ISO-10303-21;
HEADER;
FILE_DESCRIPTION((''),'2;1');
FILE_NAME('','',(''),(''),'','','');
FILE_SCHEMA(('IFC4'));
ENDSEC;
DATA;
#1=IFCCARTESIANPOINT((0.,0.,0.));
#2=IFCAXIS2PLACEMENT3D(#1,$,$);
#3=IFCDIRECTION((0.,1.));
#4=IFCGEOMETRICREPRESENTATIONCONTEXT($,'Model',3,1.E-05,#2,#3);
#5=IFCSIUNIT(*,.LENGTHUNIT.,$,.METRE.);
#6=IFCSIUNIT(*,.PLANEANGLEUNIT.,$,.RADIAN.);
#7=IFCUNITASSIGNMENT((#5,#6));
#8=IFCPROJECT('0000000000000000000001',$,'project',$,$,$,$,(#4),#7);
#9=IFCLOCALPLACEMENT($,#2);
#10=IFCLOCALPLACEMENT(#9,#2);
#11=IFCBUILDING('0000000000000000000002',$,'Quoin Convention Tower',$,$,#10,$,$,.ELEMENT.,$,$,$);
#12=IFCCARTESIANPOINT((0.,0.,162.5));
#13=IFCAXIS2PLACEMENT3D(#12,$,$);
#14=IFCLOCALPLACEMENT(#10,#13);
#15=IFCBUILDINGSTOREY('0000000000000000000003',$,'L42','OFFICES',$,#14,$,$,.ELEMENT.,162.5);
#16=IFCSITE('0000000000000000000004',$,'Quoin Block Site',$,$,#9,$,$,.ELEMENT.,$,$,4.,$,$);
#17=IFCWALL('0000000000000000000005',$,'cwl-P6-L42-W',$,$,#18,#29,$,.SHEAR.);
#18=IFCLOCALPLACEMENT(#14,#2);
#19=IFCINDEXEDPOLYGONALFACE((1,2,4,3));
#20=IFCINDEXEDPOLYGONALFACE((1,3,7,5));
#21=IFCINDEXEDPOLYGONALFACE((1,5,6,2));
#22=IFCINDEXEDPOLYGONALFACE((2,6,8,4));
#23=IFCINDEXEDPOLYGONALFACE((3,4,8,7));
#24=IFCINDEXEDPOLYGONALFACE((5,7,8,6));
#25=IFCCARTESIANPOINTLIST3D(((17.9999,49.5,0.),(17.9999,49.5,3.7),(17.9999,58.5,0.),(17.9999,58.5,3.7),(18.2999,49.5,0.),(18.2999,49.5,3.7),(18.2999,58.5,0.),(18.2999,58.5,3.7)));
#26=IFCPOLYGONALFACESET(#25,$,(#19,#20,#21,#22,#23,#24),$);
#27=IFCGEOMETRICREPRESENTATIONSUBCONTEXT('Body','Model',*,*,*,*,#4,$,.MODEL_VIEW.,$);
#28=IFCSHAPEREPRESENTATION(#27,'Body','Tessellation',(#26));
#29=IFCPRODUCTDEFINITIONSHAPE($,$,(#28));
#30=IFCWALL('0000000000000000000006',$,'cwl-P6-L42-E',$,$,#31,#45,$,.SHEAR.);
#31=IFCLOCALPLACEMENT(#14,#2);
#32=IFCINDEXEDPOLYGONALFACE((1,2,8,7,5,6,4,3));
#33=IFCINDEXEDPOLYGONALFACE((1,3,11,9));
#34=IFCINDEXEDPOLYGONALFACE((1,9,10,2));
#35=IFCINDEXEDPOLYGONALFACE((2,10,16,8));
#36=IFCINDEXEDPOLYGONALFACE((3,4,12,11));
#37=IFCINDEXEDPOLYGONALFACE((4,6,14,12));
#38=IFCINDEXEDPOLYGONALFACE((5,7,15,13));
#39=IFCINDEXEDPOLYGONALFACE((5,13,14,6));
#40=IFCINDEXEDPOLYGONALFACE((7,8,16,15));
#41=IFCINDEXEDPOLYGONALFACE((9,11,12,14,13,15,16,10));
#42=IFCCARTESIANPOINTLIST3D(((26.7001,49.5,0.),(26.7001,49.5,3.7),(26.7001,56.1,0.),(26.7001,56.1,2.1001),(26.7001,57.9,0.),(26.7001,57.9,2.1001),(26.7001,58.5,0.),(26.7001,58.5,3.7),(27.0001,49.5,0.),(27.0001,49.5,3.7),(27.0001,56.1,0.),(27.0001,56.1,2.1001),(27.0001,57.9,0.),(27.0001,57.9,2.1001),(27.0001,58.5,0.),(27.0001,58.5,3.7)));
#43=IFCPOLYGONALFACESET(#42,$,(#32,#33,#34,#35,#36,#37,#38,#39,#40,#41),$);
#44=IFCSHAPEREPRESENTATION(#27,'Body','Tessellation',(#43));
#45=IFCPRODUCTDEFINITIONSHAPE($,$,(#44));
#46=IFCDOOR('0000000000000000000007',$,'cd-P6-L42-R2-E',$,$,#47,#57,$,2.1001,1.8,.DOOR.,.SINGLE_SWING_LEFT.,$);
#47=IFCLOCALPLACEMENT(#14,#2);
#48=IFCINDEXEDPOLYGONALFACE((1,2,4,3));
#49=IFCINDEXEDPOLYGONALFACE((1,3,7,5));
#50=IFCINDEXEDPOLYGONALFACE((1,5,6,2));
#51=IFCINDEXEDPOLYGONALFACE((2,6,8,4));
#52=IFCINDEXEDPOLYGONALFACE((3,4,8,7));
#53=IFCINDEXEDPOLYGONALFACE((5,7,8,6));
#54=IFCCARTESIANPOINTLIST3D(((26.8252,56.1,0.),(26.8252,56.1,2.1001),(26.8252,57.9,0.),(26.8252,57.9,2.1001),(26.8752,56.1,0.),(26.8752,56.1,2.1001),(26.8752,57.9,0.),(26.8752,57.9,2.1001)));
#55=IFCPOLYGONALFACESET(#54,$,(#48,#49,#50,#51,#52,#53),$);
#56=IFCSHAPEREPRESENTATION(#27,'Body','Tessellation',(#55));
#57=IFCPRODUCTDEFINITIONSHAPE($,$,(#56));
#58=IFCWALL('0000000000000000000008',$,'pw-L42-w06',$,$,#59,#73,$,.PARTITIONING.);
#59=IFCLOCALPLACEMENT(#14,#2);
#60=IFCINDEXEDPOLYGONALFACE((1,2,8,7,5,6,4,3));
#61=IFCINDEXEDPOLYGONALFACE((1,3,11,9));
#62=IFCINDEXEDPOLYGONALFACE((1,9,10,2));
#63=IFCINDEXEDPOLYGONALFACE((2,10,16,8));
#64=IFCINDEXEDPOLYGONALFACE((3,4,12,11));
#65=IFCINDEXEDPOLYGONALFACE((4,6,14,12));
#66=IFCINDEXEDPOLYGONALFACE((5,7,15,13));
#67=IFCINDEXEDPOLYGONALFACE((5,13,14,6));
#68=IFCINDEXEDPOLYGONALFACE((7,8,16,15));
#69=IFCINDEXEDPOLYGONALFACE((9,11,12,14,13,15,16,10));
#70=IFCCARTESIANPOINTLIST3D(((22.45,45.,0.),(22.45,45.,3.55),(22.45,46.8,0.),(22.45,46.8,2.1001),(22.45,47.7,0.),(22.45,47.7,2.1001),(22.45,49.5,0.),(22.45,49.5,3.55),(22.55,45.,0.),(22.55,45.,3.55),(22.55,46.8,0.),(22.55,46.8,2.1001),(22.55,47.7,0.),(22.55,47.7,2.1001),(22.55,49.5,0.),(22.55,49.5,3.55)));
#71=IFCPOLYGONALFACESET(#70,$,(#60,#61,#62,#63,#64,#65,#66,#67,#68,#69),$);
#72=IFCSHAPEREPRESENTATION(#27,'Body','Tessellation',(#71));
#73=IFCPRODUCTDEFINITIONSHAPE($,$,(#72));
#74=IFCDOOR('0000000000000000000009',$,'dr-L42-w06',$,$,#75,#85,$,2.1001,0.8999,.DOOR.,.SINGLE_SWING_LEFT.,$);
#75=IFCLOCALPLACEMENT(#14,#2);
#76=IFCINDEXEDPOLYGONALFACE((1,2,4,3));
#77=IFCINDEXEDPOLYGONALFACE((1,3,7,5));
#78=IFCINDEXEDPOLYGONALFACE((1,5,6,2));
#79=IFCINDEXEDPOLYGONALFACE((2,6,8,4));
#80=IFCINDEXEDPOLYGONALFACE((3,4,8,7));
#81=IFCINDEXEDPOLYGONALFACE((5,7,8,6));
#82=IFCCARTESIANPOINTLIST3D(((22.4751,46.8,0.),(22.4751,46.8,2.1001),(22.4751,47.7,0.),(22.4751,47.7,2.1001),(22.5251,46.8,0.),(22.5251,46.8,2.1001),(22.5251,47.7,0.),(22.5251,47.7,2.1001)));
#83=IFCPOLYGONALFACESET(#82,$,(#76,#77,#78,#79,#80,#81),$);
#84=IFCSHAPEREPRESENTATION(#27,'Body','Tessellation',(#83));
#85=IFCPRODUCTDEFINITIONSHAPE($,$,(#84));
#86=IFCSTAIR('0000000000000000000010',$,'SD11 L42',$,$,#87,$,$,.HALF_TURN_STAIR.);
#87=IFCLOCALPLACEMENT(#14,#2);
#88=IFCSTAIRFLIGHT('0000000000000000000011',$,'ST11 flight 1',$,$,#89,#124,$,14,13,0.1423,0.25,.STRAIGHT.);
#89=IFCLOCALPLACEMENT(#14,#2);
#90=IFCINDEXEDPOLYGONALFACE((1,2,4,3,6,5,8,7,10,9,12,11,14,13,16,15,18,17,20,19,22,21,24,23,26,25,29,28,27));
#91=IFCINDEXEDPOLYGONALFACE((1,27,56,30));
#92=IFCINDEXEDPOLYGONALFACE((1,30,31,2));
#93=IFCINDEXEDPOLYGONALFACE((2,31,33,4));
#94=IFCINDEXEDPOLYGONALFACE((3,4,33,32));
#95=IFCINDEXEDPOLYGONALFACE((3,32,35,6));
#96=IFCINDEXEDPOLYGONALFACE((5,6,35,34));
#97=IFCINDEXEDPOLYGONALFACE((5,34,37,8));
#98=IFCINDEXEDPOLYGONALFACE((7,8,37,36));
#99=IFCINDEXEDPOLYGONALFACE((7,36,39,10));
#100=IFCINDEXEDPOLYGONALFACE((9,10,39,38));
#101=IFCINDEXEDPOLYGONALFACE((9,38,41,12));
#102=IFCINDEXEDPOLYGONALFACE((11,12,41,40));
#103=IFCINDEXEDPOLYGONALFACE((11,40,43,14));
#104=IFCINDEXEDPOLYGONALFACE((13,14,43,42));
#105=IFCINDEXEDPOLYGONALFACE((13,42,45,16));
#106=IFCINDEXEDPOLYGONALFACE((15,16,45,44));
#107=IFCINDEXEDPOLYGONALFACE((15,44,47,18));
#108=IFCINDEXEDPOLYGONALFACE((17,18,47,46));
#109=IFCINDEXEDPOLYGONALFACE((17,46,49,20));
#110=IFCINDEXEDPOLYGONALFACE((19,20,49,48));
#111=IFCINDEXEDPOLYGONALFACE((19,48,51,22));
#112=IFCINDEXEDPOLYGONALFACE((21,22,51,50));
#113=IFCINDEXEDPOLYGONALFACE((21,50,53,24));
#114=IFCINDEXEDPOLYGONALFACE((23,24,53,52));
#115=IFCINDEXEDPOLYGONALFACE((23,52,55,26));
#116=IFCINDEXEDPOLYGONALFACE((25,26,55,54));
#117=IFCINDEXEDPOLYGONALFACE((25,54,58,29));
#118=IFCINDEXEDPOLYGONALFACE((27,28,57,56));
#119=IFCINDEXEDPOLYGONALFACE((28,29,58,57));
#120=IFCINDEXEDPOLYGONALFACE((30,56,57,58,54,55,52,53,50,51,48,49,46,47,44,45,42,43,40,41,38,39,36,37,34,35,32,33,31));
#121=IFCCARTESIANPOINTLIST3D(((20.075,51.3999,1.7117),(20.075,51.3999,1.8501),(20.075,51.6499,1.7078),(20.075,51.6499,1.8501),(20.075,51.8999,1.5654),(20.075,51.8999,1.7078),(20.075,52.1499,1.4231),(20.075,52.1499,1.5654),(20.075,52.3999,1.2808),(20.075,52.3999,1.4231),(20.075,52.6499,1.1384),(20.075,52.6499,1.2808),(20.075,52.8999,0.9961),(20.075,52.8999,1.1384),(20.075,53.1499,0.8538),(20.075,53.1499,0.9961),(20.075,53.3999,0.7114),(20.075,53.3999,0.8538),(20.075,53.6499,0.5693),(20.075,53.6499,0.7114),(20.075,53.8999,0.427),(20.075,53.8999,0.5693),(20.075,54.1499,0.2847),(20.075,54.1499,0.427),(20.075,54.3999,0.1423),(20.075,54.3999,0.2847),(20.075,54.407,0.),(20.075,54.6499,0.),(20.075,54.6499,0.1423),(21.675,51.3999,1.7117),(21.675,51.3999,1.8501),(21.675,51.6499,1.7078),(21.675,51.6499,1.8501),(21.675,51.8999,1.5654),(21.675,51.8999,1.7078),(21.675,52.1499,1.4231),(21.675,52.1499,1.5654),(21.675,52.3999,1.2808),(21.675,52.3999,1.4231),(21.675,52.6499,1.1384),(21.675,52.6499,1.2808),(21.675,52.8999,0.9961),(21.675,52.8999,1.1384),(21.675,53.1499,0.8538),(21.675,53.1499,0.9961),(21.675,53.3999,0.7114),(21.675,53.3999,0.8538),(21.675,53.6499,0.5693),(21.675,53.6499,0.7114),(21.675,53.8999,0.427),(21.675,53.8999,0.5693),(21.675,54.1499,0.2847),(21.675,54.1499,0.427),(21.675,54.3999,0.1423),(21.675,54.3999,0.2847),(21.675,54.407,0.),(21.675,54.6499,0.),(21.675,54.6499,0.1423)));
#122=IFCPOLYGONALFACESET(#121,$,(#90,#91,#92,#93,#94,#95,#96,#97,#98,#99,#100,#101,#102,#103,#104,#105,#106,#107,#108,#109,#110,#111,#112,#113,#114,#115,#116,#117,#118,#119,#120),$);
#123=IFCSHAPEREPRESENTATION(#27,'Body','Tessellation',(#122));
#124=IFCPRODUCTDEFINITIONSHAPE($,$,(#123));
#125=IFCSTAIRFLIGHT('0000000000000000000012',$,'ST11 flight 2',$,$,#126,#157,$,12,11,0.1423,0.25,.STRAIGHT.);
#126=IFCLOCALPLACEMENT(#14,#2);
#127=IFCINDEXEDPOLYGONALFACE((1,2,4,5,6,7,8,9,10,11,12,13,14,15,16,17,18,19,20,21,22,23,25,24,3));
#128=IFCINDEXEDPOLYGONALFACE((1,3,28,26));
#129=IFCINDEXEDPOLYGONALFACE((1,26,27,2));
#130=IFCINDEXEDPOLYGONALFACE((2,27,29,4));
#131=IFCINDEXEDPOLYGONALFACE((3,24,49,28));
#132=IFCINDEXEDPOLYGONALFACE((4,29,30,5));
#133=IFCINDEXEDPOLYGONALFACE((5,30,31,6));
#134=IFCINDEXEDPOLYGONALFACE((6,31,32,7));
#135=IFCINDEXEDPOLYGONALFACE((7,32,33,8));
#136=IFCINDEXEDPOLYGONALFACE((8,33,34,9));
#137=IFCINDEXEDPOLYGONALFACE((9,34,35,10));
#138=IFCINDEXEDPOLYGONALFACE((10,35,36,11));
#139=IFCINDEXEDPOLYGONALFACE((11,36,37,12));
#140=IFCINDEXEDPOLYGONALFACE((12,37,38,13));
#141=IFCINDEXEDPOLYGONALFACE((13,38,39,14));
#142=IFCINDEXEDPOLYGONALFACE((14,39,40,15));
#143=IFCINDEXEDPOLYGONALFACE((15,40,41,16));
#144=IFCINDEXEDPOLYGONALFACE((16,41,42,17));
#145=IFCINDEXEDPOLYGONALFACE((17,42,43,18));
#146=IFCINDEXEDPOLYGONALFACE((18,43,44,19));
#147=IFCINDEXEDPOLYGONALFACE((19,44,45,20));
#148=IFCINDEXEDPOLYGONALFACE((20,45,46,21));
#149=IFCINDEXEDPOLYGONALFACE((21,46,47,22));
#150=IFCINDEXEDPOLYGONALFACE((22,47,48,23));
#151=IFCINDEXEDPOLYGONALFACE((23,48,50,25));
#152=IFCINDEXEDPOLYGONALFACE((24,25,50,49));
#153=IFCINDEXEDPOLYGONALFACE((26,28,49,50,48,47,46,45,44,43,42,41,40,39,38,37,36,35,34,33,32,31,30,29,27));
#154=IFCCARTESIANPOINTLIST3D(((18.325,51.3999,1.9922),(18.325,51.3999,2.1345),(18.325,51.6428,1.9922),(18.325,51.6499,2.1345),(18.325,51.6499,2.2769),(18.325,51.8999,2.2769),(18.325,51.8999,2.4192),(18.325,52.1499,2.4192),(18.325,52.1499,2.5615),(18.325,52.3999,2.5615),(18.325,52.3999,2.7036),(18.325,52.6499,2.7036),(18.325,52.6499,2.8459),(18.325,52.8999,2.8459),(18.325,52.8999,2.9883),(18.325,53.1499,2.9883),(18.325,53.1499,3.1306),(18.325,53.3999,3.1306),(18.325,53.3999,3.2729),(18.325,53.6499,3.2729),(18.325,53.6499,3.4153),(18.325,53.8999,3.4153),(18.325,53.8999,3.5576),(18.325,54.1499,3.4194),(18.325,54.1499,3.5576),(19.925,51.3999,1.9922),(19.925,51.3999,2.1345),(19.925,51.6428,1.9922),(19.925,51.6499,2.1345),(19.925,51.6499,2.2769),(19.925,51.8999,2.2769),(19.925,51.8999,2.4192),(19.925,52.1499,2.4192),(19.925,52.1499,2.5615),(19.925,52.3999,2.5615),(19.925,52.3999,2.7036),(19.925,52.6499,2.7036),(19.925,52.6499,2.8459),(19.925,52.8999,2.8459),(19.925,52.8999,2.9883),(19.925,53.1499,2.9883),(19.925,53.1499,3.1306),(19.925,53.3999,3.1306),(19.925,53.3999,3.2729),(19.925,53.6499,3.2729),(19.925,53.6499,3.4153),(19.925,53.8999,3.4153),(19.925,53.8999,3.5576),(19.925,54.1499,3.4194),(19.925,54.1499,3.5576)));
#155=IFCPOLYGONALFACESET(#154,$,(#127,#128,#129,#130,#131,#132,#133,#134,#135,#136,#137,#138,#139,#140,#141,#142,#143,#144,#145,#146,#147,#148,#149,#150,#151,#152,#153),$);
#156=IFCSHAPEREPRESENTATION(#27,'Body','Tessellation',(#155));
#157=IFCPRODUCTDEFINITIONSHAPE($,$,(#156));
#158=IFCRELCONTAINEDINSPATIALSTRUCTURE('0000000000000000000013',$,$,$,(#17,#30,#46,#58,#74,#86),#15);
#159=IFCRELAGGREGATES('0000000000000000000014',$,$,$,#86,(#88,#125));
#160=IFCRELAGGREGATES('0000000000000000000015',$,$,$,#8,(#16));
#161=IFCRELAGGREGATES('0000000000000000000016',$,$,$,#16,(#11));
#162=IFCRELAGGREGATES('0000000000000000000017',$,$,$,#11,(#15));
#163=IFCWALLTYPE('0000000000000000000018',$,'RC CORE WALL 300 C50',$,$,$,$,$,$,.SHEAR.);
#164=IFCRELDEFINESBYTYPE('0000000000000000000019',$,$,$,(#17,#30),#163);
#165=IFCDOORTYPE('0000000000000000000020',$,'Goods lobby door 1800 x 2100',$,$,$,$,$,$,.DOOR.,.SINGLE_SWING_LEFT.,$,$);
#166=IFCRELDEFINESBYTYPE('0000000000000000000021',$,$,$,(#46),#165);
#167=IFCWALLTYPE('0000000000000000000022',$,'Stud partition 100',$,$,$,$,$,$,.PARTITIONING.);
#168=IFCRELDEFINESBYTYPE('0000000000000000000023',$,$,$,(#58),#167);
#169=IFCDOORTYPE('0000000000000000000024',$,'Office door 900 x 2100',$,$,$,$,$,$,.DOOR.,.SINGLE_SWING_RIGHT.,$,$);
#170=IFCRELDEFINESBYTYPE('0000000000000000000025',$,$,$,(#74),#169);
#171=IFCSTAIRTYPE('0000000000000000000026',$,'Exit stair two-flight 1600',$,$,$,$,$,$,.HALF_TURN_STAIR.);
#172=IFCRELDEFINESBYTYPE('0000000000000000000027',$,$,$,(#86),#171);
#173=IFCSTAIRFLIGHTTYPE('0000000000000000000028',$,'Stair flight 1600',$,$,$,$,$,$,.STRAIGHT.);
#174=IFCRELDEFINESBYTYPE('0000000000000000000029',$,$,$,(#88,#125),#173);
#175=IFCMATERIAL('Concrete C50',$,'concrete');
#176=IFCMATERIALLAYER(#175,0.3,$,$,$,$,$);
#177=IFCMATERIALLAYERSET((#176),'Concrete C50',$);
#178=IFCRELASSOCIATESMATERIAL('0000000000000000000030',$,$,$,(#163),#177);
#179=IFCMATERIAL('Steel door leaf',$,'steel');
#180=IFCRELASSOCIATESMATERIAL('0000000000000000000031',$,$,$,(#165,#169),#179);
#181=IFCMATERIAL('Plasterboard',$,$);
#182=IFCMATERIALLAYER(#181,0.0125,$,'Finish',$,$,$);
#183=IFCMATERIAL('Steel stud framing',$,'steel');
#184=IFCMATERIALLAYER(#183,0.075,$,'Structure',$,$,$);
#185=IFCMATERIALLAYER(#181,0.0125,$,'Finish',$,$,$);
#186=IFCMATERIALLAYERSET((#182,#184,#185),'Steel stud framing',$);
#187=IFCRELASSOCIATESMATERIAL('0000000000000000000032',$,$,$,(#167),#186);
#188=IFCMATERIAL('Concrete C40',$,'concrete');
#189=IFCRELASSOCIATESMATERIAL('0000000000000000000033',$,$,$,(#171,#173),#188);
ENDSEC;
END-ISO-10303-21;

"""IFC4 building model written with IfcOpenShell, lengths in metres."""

from ifc_helpers import new_model, si_unit, direction, frame, frame_2d, origin, place, context, subcontext, project, spatial, polyline, rectangle, outline, extrude, material, layer, layer_set, type_object, element, fill, aggregate, save


model = new_model("IFC4")

# Units and contexts
model_context = context("Model", 3, precision=1e-05, world=origin(), true_north=direction((0.0, 1.0)))
body_context = subcontext(model_context, "Body", "Model", "MODEL_VIEW")
ifc_project = project(units=[si_unit("LENGTHUNIT", "METRE"), si_unit("PLANEANGLEUNIT", "RADIAN")], contexts=[model_context])

# Site, building, storey
site_placement = place(None, origin())
site = spatial("IfcSite", under=ifc_project, at=site_placement, Name="Quoin Block Site", CompositionType="ELEMENT", RefElevation=4.0)
building_placement = place(site_placement, origin())
building = spatial("IfcBuilding", under=site, at=building_placement, Name="Quoin Convention Tower", CompositionType="ELEMENT")
storey_placement = place(building_placement, frame((0.0, 0.0, 162.5)))
storey = spatial("IfcBuildingStorey", under=building, at=storey_placement, Name="L42", Description="OFFICES", CompositionType="ELEMENT", Elevation=162.5)

# Shared definitions
ifc_material_1 = material(Name="Concrete C50", Category="concrete")

# Wall
ifc_layer_1 = layer(ifc_material_1, 0.3)
ifc_layer_set_1 = layer_set([ifc_layer_1], Name="Concrete C50")
wall_type_1 = type_object("IfcWallType", Name="RC CORE WALL 300 C50", PredefinedType="SHEAR", material=ifc_layer_set_1)
wall_1_placement = place(storey_placement, frame((18.1499, 49.5, 0.0), z_axis=(0.0, 0.0, 1.0), x_axis=(0.0, 1.0, 0.0)))
element("IfcWall", 1, at=wall_1_placement, inside=storey, type_object=wall_type_1, Name="cwl-P6-L42-W", PredefinedType="SHEAR", context=body_context, shape_type="SweptSolid", body=[
    extrude(rectangle(XDim=9.0, YDim=0.3, at=frame_2d((4.5, 0.0))), origin(), (0.0, 0.0, 1.0), 3.7),
])

# Walls, openings, doors
wall_2_placement = place(storey_placement, frame((26.8501, 49.5, 0.0), z_axis=(0.0, 0.0, 1.0), x_axis=(0.0, 1.0, 0.0)))
wall_2 = element("IfcWall", 2, at=wall_2_placement, inside=storey, type_object=wall_type_1, Name="cwl-P6-L42-E", PredefinedType="SHEAR", context=body_context, shape_type="SweptSolid", body=[
    extrude(rectangle(XDim=9.0, YDim=0.3, at=frame_2d((4.5, 0.0))), origin(), (0.0, 0.0, 1.0), 3.7),
])
opening_1_placement = place(wall_2_placement, frame((6.6001, 0.0, 0.0)))
opening_1 = element("IfcOpeningElement", 3, at=opening_1_placement, cuts=wall_2, PredefinedType="OPENING", context=body_context, shape_type="SweptSolid", body=[
    extrude(rectangle(XDim=1.8, YDim=2.1001, at=frame_2d((0.8999, 1.05))), frame((0.0, 0.1599, 0.0), z_axis=(0.0, -1.0, 0.0), x_axis=(1.0, 0.0, 0.0)), (0.0, 0.0, 1.0), 0.3201),
])
ifc_material_2 = material(Name="Steel door leaf", Category="steel")
door_type_1 = type_object("IfcDoorType", Name="Goods lobby door 1800 x 2100", OperationType="SINGLE_SWING_LEFT", PredefinedType="DOOR", material=ifc_material_2)
door_1_placement = place(opening_1_placement, origin())
door_1 = element("IfcDoor", 4, at=door_1_placement, inside=storey, type_object=door_type_1, Name="cd-P6-L42-R2-E", OperationType="SINGLE_SWING_LEFT", OverallHeight=2.1001, OverallWidth=1.8, PredefinedType="DOOR", context=body_context, shape_type="SweptSolid", body=[
    extrude(rectangle(XDim=1.8, YDim=2.1001, at=frame_2d((0.8999, 1.05))), frame((0.0, 0.0249, 0.0), z_axis=(0.0, -1.0, 0.0), x_axis=(1.0, 0.0, 0.0)), (0.0, 0.0, 1.0), 0.05),
])
fill(opening_1, door_1)
ifc_material_3 = material(Name="Plasterboard")
ifc_layer_2 = layer(ifc_material_3, 0.0125, Name="Finish")
ifc_material_4 = material(Name="Steel stud framing", Category="steel")
ifc_layer_3 = layer(ifc_material_4, 0.075, Name="Structure")
ifc_layer_4 = layer(ifc_material_3, 0.0125, Name="Finish")
ifc_layer_set_2 = layer_set([ifc_layer_2, ifc_layer_3, ifc_layer_4], Name="Steel stud framing")
wall_type_2 = type_object("IfcWallType", Name="Stud partition 100", PredefinedType="PARTITIONING", material=ifc_layer_set_2)
wall_3_placement = place(storey_placement, frame((22.5, 49.5, 0.0), z_axis=(0.0, 0.0, 1.0), x_axis=(0.0, -1.0, 0.0)))
wall_3 = element("IfcWall", 5, at=wall_3_placement, inside=storey, type_object=wall_type_2, Name="pw-L42-w06", PredefinedType="PARTITIONING", context=body_context, shape_type="SweptSolid", body=[
    extrude(rectangle(XDim=4.5, YDim=0.1001, at=frame_2d((2.25, 0.0))), origin(), (0.0, 0.0, 1.0), 3.55),
])
opening_2_placement = place(wall_3_placement, frame((1.8, 0.0, 0.0)))
opening_2 = element("IfcOpeningElement", 6, at=opening_2_placement, cuts=wall_3, PredefinedType="OPENING", context=body_context, shape_type="SweptSolid", body=[
    extrude(rectangle(XDim=0.8999, YDim=2.1001, at=frame_2d((0.45, 1.05))), frame((0.0, 0.0601, 0.0), z_axis=(0.0, -1.0, 0.0), x_axis=(1.0, 0.0, 0.0)), (0.0, 0.0, 1.0), 0.1201),
])
door_type_2 = type_object("IfcDoorType", Name="Office door 900 x 2100", OperationType="SINGLE_SWING_RIGHT", PredefinedType="DOOR", material=ifc_material_2)
door_2_placement = place(opening_2_placement, frame((0.8999, 0.0, 0.0), z_axis=(0.0, 0.0, 1.0), x_axis=(-1.0, 0.0, 0.0)))
door_2 = element("IfcDoor", 7, at=door_2_placement, inside=storey, type_object=door_type_2, Name="dr-L42-w06", OperationType="SINGLE_SWING_LEFT", OverallHeight=2.1001, OverallWidth=0.8999, PredefinedType="DOOR", context=body_context, shape_type="SweptSolid", body=[
    extrude(rectangle(XDim=0.8999, YDim=2.1001, at=frame_2d((0.45, 1.05))), frame((0.0, 0.0249, 0.0), z_axis=(0.0, -1.0, 0.0), x_axis=(1.0, 0.0, 0.0)), (0.0, 0.0, 1.0), 0.05),
])
fill(opening_2, door_2)

# Stair, stair flights
ifc_material_5 = material(Name="Concrete C40", Category="concrete")
stair_type = type_object("IfcStairType", Name="Exit stair two-flight 1600", PredefinedType="HALF_TURN_STAIR", material=ifc_material_5)
stair_1_placement = place(storey_placement, origin())
stair_1 = element("IfcStair", 8, at=stair_1_placement, inside=storey, type_object=stair_type, Name="SD11 L42", PredefinedType="HALF_TURN_STAIR")
stair_flight_type = type_object("IfcStairFlightType", Name="Stair flight 1600", PredefinedType="STRAIGHT", material=ifc_material_5)
stair_flight_1_placement = place(storey_placement, frame((20.875, 54.6499, 0.0), z_axis=(0.0, 0.0, 1.0), x_axis=(0.0, -1.0, 0.0)))
stair_flight_1 = element("IfcStairFlight", 9, at=stair_flight_1_placement, type_object=stair_flight_type, Name="ST11 flight 1", NumberOfRisers=14, NumberOfTreads=13, PredefinedType="STRAIGHT", RiserHeight=0.1423, TreadLength=0.25, context=body_context, shape_type="SweptSolid", body=[
    extrude(outline(polyline([(0.0, 0.0), (0.0, 0.1423), (0.25, 0.1423), (0.25, 0.2847), (0.5, 0.2847), (0.5, 0.427), (0.75, 0.427), (0.75, 0.5693), (1.0, 0.5693), (1.0, 0.7114), (1.25, 0.7114), (1.25, 0.8538), (1.5, 0.8538), (1.5, 0.9961), (1.75, 0.9961), (1.75, 1.1384), (2.0, 1.1384), (2.0, 1.2808), (2.25, 1.2808), (2.25, 1.4231), (2.5, 1.4231), (2.5, 1.5654), (2.75, 1.5654), (2.75, 1.7078), (3.0, 1.7078), (3.0, 1.8501), (3.25, 1.8501), (3.25, 1.9922), (3.25, 1.7117), (0.2429, 0.0), (0.0, 0.0)])), frame((0.0, 0.8, 0.0), z_axis=(0.0, -1.0, 0.0), x_axis=(1.0, 0.0, 0.0)), (0.0, 0.0, 1.0), 1.6001),
])
stair_flight_2_placement = place(storey_placement, frame((19.125, 51.3999, 1.9922), z_axis=(0.0, 0.0, 1.0), x_axis=(0.0, 1.0, 0.0)))
stair_flight_2 = element("IfcStairFlight", 10, at=stair_flight_2_placement, type_object=stair_flight_type, Name="ST11 flight 2", NumberOfRisers=12, NumberOfTreads=11, PredefinedType="STRAIGHT", RiserHeight=0.1423, TreadLength=0.25, context=body_context, shape_type="SweptSolid", body=[
    extrude(outline(polyline([(0.0, 0.0), (0.0, 0.1423), (0.25, 0.1423), (0.25, 0.2847), (0.5, 0.2847), (0.5, 0.427), (0.75, 0.427), (0.75, 0.5693), (1.0, 0.5693), (1.0, 0.7114), (1.25, 0.7114), (1.25, 0.8538), (1.5, 0.8538), (1.5, 0.9961), (1.75, 0.9961), (1.75, 1.1384), (2.0, 1.1384), (2.0, 1.2808), (2.25, 1.2808), (2.25, 1.4231), (2.5, 1.4231), (2.5, 1.5654), (2.75, 1.5654), (2.75, 1.7078), (2.75, 1.4272), (0.2429, 0.0), (0.0, 0.0)])), frame((0.0, 0.8, 0.0), z_axis=(0.0, -1.0, 0.0), x_axis=(1.0, 0.0, 0.0)), (0.0, 0.0, 1.0), 1.6001),
])
aggregate(stair_1, [stair_flight_1, stair_flight_2])

save(model, "model.ifc")
